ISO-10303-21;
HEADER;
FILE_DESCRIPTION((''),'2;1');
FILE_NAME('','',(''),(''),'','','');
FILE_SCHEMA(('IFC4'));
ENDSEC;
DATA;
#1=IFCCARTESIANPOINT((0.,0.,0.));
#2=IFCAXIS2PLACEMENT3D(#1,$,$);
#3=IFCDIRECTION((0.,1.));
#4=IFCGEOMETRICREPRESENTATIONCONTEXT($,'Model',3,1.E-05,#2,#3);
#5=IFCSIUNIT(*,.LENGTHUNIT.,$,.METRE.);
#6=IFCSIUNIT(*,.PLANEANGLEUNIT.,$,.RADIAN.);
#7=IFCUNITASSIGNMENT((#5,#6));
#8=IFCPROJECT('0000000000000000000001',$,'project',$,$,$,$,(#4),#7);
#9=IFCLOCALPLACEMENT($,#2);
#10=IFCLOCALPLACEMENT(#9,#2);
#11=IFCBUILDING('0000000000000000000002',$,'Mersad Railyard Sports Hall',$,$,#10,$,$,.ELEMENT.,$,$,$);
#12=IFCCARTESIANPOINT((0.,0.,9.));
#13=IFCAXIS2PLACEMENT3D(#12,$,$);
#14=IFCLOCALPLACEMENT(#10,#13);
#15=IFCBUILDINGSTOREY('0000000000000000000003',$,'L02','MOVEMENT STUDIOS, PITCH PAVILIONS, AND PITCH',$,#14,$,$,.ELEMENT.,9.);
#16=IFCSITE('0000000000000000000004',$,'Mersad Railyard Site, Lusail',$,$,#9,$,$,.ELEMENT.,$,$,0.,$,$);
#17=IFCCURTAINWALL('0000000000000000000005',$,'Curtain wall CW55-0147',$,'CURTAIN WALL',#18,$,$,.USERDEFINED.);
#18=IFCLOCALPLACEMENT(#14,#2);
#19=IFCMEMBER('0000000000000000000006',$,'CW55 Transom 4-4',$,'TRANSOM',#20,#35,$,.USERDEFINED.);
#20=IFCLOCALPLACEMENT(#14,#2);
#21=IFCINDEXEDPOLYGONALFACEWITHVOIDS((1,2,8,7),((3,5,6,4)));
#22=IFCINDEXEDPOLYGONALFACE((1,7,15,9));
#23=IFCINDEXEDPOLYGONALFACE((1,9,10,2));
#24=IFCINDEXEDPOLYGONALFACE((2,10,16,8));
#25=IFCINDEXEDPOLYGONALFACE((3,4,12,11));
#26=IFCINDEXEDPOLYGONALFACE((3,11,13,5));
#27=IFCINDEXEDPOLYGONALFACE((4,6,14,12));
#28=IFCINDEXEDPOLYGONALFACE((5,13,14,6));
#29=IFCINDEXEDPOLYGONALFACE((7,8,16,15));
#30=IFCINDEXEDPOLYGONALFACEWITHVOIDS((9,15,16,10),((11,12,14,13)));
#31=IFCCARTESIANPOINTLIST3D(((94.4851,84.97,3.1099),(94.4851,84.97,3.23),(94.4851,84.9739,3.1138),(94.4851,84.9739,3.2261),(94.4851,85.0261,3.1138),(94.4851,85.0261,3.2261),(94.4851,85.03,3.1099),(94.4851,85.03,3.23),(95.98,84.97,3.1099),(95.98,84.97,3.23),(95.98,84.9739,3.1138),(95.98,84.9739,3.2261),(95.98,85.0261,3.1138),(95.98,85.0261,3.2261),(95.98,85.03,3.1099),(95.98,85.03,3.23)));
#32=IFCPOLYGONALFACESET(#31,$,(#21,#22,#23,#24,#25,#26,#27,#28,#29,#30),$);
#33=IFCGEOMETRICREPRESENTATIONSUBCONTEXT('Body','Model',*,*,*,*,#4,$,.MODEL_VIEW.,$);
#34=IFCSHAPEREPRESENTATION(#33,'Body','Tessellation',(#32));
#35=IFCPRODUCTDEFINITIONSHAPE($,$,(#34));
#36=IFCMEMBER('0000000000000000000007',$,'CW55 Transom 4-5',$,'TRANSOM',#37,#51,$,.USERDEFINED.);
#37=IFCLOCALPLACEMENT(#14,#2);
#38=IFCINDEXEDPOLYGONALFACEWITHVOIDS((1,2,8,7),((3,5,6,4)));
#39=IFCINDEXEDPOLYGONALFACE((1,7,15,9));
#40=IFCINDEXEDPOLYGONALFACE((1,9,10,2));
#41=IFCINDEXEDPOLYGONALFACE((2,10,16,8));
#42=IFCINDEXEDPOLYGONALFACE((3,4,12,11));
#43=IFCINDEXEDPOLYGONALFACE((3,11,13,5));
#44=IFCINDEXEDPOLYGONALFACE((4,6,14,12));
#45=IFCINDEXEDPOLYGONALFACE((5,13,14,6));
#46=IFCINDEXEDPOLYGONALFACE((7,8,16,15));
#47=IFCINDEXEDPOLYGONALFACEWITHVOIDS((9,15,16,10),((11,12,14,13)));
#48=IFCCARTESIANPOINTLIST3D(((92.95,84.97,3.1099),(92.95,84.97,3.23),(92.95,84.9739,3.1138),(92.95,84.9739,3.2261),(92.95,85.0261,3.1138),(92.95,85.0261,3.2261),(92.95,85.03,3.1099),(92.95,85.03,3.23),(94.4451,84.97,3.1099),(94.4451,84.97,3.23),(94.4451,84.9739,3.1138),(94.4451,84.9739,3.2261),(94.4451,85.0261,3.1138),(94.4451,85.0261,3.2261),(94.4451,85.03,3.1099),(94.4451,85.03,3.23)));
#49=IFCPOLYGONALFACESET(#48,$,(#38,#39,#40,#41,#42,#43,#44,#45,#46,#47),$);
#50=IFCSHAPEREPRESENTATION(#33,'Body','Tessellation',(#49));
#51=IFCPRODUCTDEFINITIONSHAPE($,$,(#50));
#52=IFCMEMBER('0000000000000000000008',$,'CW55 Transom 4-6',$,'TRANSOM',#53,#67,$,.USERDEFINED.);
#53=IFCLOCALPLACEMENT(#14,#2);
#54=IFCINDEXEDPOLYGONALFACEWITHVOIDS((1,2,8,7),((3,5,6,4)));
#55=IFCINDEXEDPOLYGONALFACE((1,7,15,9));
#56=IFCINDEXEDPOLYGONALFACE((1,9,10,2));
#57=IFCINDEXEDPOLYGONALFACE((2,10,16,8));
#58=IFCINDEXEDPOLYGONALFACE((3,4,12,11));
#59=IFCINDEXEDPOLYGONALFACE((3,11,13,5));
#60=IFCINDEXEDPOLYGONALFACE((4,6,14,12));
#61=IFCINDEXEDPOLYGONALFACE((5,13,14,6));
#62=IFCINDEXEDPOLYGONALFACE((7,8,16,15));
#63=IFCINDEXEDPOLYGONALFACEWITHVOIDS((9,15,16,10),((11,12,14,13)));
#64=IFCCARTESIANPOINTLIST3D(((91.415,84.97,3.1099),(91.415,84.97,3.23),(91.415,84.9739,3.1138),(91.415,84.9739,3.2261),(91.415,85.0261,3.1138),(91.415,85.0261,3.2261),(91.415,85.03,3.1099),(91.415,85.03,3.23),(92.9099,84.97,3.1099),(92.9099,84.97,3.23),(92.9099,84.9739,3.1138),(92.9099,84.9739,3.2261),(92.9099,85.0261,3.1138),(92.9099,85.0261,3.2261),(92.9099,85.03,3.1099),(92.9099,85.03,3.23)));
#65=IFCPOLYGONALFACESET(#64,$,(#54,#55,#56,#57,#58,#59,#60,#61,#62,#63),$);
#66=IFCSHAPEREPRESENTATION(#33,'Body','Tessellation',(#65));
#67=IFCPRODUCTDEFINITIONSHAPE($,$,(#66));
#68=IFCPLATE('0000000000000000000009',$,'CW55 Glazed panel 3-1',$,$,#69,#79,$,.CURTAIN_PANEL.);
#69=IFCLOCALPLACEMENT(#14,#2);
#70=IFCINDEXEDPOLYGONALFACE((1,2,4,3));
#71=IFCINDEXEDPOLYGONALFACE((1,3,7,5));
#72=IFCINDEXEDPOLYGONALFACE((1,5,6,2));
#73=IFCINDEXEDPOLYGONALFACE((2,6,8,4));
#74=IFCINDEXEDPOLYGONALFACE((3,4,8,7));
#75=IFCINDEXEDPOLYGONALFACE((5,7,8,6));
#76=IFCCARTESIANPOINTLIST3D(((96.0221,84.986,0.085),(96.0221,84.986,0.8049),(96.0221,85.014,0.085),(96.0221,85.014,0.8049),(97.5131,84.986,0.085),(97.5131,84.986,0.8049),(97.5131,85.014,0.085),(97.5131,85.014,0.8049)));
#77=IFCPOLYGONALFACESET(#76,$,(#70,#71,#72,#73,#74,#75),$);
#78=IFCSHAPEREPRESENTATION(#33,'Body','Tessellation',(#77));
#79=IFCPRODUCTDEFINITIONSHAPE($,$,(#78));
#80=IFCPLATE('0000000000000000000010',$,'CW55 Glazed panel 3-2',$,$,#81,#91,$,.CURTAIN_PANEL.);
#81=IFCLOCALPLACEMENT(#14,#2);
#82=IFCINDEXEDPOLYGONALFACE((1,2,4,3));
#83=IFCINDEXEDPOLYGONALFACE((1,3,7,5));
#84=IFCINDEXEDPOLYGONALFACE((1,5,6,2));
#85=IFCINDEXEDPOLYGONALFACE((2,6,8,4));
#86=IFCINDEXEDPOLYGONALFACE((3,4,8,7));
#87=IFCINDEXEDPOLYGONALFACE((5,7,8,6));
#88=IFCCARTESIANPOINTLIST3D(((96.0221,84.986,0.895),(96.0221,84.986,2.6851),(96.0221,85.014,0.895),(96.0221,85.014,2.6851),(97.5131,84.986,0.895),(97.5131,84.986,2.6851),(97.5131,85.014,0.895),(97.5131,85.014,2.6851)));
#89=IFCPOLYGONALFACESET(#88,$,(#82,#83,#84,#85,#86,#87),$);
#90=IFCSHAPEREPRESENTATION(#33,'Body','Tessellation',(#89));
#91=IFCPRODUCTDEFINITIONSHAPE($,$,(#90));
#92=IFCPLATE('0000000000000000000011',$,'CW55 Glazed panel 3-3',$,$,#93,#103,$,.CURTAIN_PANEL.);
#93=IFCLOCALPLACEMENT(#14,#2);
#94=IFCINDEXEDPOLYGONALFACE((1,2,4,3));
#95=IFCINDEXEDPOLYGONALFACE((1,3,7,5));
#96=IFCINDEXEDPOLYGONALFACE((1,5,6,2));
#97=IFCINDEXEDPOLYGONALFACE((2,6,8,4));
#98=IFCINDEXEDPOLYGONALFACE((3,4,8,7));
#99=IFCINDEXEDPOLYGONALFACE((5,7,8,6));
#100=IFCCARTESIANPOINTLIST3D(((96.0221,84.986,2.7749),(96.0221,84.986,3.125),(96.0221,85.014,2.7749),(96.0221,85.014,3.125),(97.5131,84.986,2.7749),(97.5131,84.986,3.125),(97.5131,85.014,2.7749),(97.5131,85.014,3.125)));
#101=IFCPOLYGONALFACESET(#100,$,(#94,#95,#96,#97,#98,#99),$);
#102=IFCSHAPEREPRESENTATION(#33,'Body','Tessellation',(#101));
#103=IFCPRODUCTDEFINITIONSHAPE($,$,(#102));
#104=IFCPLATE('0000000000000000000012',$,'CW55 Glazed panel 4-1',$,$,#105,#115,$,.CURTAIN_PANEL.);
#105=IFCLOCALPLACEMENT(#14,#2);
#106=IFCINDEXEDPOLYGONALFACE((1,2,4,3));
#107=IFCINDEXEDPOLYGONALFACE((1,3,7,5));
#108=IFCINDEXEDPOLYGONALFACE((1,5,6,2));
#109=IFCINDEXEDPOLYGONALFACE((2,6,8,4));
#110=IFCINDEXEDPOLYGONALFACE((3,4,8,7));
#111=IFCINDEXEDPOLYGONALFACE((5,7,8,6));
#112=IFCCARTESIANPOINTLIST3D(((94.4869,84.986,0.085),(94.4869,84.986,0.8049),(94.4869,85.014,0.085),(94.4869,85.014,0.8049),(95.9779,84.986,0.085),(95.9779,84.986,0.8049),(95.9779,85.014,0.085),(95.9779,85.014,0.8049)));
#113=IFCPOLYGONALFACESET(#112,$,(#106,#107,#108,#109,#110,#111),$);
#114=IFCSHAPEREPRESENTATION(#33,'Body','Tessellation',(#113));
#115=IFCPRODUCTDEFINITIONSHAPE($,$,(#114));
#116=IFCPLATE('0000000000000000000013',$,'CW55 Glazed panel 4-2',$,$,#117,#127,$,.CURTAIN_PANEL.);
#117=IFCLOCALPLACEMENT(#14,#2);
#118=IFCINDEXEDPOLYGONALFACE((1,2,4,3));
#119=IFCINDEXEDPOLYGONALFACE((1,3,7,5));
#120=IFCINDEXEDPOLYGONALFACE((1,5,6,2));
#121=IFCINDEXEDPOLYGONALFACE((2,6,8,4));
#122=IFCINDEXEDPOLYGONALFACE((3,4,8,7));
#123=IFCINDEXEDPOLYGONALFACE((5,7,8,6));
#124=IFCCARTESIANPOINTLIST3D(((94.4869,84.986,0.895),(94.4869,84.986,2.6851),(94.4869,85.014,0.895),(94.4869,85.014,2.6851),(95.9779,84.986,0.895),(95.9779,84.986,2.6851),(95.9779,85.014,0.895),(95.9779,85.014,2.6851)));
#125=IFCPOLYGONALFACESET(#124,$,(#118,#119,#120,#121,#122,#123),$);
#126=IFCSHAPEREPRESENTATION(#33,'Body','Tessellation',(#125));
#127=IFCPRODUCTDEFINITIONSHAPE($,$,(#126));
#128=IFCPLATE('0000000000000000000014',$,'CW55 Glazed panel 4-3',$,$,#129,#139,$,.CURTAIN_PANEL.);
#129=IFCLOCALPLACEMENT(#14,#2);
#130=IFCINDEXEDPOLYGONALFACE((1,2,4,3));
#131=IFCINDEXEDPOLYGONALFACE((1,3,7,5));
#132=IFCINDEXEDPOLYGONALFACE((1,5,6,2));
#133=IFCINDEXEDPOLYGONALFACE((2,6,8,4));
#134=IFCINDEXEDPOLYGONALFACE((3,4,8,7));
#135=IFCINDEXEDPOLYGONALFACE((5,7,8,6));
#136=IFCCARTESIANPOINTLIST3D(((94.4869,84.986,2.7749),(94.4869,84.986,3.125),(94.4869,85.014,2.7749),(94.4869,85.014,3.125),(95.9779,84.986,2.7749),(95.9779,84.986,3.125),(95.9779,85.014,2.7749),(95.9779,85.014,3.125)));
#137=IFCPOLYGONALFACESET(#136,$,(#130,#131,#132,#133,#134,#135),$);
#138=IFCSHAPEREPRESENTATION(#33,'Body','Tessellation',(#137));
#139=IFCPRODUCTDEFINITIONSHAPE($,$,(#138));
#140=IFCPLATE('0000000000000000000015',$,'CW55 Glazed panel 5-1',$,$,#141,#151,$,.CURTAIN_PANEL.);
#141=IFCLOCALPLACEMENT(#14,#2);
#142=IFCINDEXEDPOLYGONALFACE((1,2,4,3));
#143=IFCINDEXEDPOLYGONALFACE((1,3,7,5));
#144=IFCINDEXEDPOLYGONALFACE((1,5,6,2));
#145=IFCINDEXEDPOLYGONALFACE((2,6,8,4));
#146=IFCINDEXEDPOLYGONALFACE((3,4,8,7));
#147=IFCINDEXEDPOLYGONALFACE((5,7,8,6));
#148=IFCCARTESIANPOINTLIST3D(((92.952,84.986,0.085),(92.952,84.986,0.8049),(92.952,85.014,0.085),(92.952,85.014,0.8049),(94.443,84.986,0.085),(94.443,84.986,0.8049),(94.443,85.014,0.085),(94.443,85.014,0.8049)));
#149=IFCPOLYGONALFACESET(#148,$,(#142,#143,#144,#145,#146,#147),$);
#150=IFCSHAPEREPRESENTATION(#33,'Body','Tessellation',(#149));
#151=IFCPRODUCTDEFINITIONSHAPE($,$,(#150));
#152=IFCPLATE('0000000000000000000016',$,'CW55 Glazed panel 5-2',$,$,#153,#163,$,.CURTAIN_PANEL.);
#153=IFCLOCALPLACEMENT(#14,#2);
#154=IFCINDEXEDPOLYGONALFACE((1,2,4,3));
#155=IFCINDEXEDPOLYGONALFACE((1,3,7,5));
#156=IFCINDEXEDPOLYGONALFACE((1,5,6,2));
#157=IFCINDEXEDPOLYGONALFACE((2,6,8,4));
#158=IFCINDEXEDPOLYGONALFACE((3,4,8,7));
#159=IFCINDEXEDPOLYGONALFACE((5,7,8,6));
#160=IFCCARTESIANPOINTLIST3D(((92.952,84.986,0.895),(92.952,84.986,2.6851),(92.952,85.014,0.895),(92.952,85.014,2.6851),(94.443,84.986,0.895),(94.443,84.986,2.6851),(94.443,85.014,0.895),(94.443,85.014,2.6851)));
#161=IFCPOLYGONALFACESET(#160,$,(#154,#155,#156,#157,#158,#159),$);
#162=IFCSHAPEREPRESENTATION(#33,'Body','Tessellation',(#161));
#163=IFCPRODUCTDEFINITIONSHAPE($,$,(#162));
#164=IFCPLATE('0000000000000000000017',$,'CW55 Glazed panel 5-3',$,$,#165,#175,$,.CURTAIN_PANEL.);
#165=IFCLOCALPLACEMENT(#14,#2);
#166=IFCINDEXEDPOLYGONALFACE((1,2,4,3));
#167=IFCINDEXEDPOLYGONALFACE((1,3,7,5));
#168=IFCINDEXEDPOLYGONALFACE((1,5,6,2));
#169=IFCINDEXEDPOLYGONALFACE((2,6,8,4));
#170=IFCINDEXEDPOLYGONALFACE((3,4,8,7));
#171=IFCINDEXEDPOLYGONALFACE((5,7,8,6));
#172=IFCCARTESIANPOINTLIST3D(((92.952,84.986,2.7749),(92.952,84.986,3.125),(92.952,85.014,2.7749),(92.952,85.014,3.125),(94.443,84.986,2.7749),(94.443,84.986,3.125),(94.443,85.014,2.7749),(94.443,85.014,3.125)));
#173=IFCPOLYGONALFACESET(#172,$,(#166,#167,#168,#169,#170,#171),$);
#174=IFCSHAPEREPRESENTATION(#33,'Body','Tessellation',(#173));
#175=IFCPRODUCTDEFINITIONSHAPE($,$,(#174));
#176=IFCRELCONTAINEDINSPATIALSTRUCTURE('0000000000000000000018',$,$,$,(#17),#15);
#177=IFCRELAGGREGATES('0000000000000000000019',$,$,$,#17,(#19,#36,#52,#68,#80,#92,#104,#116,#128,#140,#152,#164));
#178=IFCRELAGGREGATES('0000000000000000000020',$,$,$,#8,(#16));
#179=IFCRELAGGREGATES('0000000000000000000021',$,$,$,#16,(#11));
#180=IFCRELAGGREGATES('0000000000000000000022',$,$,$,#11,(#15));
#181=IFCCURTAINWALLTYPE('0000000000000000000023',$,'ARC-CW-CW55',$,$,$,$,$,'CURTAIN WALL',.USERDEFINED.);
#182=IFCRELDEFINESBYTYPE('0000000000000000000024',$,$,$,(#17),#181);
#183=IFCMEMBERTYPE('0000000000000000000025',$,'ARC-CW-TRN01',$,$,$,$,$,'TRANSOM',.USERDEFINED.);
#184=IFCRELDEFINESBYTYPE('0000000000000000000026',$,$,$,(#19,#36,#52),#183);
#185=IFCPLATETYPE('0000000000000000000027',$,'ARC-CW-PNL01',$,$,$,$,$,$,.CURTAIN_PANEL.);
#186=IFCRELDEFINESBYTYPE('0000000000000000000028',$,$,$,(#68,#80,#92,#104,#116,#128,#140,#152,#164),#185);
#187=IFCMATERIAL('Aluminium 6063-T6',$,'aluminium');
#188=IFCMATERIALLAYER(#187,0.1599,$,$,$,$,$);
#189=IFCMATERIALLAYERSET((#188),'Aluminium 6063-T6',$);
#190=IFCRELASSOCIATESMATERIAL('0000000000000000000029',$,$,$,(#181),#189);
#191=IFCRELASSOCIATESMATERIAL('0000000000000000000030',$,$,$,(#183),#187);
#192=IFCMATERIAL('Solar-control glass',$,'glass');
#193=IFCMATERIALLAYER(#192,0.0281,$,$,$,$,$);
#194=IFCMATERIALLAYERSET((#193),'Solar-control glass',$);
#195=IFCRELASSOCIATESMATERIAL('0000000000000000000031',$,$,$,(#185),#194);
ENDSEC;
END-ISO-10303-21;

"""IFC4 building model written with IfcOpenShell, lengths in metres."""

from ifc_helpers import new_model, si_unit, direction, frame, origin, origin_2d, place, context, subcontext, project, spatial, rectangle, hollow_rectangle, extrude, material, layer, layer_set, material_profile, profile_set, type_object, element, aggregate, save


model = new_model("IFC4")

# Units and contexts
model_context = context("Model", 3, precision=1e-05, world=origin(), true_north=direction((0.0, 1.0)))
body_context = subcontext(model_context, "Body", "Model", "MODEL_VIEW")
ifc_project = project(units=[si_unit("LENGTHUNIT", "METRE"), si_unit("PLANEANGLEUNIT", "RADIAN")], contexts=[model_context])

# Site, building, storey
site_placement = place(None, origin())
site = spatial("IfcSite", under=ifc_project, at=site_placement, Name="Mersad Railyard Site, Lusail", CompositionType="ELEMENT", RefElevation=0.0)
building_placement = place(site_placement, origin())
building = spatial("IfcBuilding", under=site, at=building_placement, Name="Mersad Railyard Sports Hall", CompositionType="ELEMENT")
storey_placement = place(building_placement, frame((0.0, 0.0, 9.0)))
storey = spatial("IfcBuildingStorey", under=building, at=storey_placement, Name="L02", Description="MOVEMENT STUDIOS, PITCH PAVILIONS, AND PITCH", CompositionType="ELEMENT", Elevation=9.0)

# Curtain wall, members, plates
ifc_material_1 = material(Name="Aluminium 6063-T6", Category="aluminium")
ifc_layer_1 = layer(ifc_material_1, 0.1599)
ifc_layer_set_1 = layer_set([ifc_layer_1], Name="Aluminium 6063-T6")
curtain_wall_type = type_object("IfcCurtainWallType", Name="ARC-CW-CW55", ElementType="CURTAIN WALL", PredefinedType="USERDEFINED", material=ifc_layer_set_1)
curtain_wall_placement = place(storey_placement, origin())
curtain_wall = element("IfcCurtainWall", 1, at=curtain_wall_placement, inside=storey, type_object=curtain_wall_type, Name="Curtain wall CW55-0147", ObjectType="CURTAIN WALL", PredefinedType="USERDEFINED")
ifc_material_profile_1 = material_profile(ifc_material_1, hollow_rectangle(XDim=0.0601, YDim=0.1201, WallThickness=0.0039, at=origin_2d()), Name="AL TRANSOM 60x120x4")
ifc_profile_set_1 = profile_set([ifc_material_profile_1], Name="Aluminium 6063-T6")
member_type_1 = type_object("IfcMemberType", Name="ARC-CW-TRN01", ElementType="TRANSOM", PredefinedType="USERDEFINED", material=ifc_profile_set_1)
member_1_placement = place(storey_placement, frame((95.98, 85.0, 3.1699), z_axis=(-1.0, 0.0, 0.0), x_axis=(0.0, -1.0, 0.0)))
member_1 = element("IfcMember", 2, at=member_1_placement, type_object=member_type_1, Name="CW55 Transom 4-4", ObjectType="TRANSOM", PredefinedType="USERDEFINED", context=body_context, shape_type="SweptSolid", body=[
    extrude(hollow_rectangle(XDim=0.0601, YDim=0.1201, WallThickness=0.0039, at=origin_2d()), origin(), (0.0, 0.0, 1.0), 1.4949),
])
member_2_placement = place(storey_placement, frame((94.4451, 85.0, 3.1699), z_axis=(-1.0, 0.0, 0.0), x_axis=(0.0, -1.0, 0.0)))
member_2 = element("IfcMember", 3, at=member_2_placement, type_object=member_type_1, Name="CW55 Transom 4-5", ObjectType="TRANSOM", PredefinedType="USERDEFINED", context=body_context, shape_type="SweptSolid", body=[
    extrude(hollow_rectangle(XDim=0.0601, YDim=0.1201, WallThickness=0.0039, at=origin_2d()), origin(), (0.0, 0.0, 1.0), 1.4951),
])
member_3_placement = place(storey_placement, frame((92.9099, 85.0, 3.1699), z_axis=(-1.0, 0.0, 0.0), x_axis=(0.0, -1.0, 0.0)))
member_3 = element("IfcMember", 4, at=member_3_placement, type_object=member_type_1, Name="CW55 Transom 4-6", ObjectType="TRANSOM", PredefinedType="USERDEFINED", context=body_context, shape_type="SweptSolid", body=[
    extrude(hollow_rectangle(XDim=0.0601, YDim=0.1201, WallThickness=0.0039, at=origin_2d()), origin(), (0.0, 0.0, 1.0), 1.4949),
])
ifc_material_2 = material(Name="Solar-control glass", Category="glass")
ifc_layer_2 = layer(ifc_material_2, 0.0281)
ifc_layer_set_2 = layer_set([ifc_layer_2], Name="Solar-control glass")
plate_type = type_object("IfcPlateType", Name="ARC-CW-PNL01", PredefinedType="CURTAIN_PANEL", material=ifc_layer_set_2)
plate_1_placement = place(storey_placement, frame((96.7676, 85.0, 0.085), z_axis=(0.0, 0.0, 1.0), x_axis=(-1.0, 0.0, 0.0)))
plate_1 = element("IfcPlate", 5, at=plate_1_placement, type_object=plate_type, Name="CW55 Glazed panel 3-1", PredefinedType="CURTAIN_PANEL", context=body_context, shape_type="SweptSolid", body=[
    extrude(rectangle(XDim=1.491, YDim=0.0281, at=origin_2d()), origin(), (0.0, 0.0, 1.0), 0.72),
])
plate_2_placement = place(storey_placement, frame((96.7676, 85.0, 0.895), z_axis=(0.0, 0.0, 1.0), x_axis=(-1.0, 0.0, 0.0)))
plate_2 = element("IfcPlate", 6, at=plate_2_placement, type_object=plate_type, Name="CW55 Glazed panel 3-2", PredefinedType="CURTAIN_PANEL", context=body_context, shape_type="SweptSolid", body=[
    extrude(rectangle(XDim=1.491, YDim=0.0281, at=origin_2d()), origin(), (0.0, 0.0, 1.0), 1.79),
])
plate_3_placement = place(storey_placement, frame((96.7676, 85.0, 2.7749), z_axis=(0.0, 0.0, 1.0), x_axis=(-1.0, 0.0, 0.0)))
plate_3 = element("IfcPlate", 7, at=plate_3_placement, type_object=plate_type, Name="CW55 Glazed panel 3-3", PredefinedType="CURTAIN_PANEL", context=body_context, shape_type="SweptSolid", body=[
    extrude(rectangle(XDim=1.491, YDim=0.0281, at=origin_2d()), origin(), (0.0, 0.0, 1.0), 0.3501),
])
plate_4_placement = place(storey_placement, frame((95.2324, 85.0, 0.085), z_axis=(0.0, 0.0, 1.0), x_axis=(-1.0, 0.0, 0.0)))
plate_4 = element("IfcPlate", 8, at=plate_4_placement, type_object=plate_type, Name="CW55 Glazed panel 4-1", PredefinedType="CURTAIN_PANEL", context=body_context, shape_type="SweptSolid", body=[
    extrude(rectangle(XDim=1.491, YDim=0.0281, at=origin_2d()), origin(), (0.0, 0.0, 1.0), 0.72),
])
plate_5_placement = place(storey_placement, frame((95.2324, 85.0, 0.895), z_axis=(0.0, 0.0, 1.0), x_axis=(-1.0, 0.0, 0.0)))
plate_5 = element("IfcPlate", 9, at=plate_5_placement, type_object=plate_type, Name="CW55 Glazed panel 4-2", PredefinedType="CURTAIN_PANEL", context=body_context, shape_type="SweptSolid", body=[
    extrude(rectangle(XDim=1.491, YDim=0.0281, at=origin_2d()), origin(), (0.0, 0.0, 1.0), 1.79),
])
plate_6_placement = place(storey_placement, frame((95.2324, 85.0, 2.7749), z_axis=(0.0, 0.0, 1.0), x_axis=(-1.0, 0.0, 0.0)))
plate_6 = element("IfcPlate", 10, at=plate_6_placement, type_object=plate_type, Name="CW55 Glazed panel 4-3", PredefinedType="CURTAIN_PANEL", context=body_context, shape_type="SweptSolid", body=[
    extrude(rectangle(XDim=1.491, YDim=0.0281, at=origin_2d()), origin(), (0.0, 0.0, 1.0), 0.3501),
])
plate_7_placement = place(storey_placement, frame((93.6975, 85.0, 0.085), z_axis=(0.0, 0.0, 1.0), x_axis=(-1.0, 0.0, 0.0)))
plate_7 = element("IfcPlate", 11, at=plate_7_placement, type_object=plate_type, Name="CW55 Glazed panel 5-1", PredefinedType="CURTAIN_PANEL", context=body_context, shape_type="SweptSolid", body=[
    extrude(rectangle(XDim=1.491, YDim=0.0281, at=origin_2d()), origin(), (0.0, 0.0, 1.0), 0.72),
])
plate_8_placement = place(storey_placement, frame((93.6975, 85.0, 0.895), z_axis=(0.0, 0.0, 1.0), x_axis=(-1.0, 0.0, 0.0)))
plate_8 = element("IfcPlate", 12, at=plate_8_placement, type_object=plate_type, Name="CW55 Glazed panel 5-2", PredefinedType="CURTAIN_PANEL", context=body_context, shape_type="SweptSolid", body=[
    extrude(rectangle(XDim=1.491, YDim=0.0281, at=origin_2d()), origin(), (0.0, 0.0, 1.0), 1.79),
])
plate_9_placement = place(storey_placement, frame((93.6975, 85.0, 2.7749), z_axis=(0.0, 0.0, 1.0), x_axis=(-1.0, 0.0, 0.0)))
plate_9 = element("IfcPlate", 13, at=plate_9_placement, type_object=plate_type, Name="CW55 Glazed panel 5-3", PredefinedType="CURTAIN_PANEL", context=body_context, shape_type="SweptSolid", body=[
    extrude(rectangle(XDim=1.491, YDim=0.0281, at=origin_2d()), origin(), (0.0, 0.0, 1.0), 0.3501),
])
aggregate(curtain_wall, [member_1, member_2, member_3, plate_1, plate_2, plate_3, plate_4, plate_5, plate_6, plate_7, plate_8, plate_9])

save(model, "model.ifc")
